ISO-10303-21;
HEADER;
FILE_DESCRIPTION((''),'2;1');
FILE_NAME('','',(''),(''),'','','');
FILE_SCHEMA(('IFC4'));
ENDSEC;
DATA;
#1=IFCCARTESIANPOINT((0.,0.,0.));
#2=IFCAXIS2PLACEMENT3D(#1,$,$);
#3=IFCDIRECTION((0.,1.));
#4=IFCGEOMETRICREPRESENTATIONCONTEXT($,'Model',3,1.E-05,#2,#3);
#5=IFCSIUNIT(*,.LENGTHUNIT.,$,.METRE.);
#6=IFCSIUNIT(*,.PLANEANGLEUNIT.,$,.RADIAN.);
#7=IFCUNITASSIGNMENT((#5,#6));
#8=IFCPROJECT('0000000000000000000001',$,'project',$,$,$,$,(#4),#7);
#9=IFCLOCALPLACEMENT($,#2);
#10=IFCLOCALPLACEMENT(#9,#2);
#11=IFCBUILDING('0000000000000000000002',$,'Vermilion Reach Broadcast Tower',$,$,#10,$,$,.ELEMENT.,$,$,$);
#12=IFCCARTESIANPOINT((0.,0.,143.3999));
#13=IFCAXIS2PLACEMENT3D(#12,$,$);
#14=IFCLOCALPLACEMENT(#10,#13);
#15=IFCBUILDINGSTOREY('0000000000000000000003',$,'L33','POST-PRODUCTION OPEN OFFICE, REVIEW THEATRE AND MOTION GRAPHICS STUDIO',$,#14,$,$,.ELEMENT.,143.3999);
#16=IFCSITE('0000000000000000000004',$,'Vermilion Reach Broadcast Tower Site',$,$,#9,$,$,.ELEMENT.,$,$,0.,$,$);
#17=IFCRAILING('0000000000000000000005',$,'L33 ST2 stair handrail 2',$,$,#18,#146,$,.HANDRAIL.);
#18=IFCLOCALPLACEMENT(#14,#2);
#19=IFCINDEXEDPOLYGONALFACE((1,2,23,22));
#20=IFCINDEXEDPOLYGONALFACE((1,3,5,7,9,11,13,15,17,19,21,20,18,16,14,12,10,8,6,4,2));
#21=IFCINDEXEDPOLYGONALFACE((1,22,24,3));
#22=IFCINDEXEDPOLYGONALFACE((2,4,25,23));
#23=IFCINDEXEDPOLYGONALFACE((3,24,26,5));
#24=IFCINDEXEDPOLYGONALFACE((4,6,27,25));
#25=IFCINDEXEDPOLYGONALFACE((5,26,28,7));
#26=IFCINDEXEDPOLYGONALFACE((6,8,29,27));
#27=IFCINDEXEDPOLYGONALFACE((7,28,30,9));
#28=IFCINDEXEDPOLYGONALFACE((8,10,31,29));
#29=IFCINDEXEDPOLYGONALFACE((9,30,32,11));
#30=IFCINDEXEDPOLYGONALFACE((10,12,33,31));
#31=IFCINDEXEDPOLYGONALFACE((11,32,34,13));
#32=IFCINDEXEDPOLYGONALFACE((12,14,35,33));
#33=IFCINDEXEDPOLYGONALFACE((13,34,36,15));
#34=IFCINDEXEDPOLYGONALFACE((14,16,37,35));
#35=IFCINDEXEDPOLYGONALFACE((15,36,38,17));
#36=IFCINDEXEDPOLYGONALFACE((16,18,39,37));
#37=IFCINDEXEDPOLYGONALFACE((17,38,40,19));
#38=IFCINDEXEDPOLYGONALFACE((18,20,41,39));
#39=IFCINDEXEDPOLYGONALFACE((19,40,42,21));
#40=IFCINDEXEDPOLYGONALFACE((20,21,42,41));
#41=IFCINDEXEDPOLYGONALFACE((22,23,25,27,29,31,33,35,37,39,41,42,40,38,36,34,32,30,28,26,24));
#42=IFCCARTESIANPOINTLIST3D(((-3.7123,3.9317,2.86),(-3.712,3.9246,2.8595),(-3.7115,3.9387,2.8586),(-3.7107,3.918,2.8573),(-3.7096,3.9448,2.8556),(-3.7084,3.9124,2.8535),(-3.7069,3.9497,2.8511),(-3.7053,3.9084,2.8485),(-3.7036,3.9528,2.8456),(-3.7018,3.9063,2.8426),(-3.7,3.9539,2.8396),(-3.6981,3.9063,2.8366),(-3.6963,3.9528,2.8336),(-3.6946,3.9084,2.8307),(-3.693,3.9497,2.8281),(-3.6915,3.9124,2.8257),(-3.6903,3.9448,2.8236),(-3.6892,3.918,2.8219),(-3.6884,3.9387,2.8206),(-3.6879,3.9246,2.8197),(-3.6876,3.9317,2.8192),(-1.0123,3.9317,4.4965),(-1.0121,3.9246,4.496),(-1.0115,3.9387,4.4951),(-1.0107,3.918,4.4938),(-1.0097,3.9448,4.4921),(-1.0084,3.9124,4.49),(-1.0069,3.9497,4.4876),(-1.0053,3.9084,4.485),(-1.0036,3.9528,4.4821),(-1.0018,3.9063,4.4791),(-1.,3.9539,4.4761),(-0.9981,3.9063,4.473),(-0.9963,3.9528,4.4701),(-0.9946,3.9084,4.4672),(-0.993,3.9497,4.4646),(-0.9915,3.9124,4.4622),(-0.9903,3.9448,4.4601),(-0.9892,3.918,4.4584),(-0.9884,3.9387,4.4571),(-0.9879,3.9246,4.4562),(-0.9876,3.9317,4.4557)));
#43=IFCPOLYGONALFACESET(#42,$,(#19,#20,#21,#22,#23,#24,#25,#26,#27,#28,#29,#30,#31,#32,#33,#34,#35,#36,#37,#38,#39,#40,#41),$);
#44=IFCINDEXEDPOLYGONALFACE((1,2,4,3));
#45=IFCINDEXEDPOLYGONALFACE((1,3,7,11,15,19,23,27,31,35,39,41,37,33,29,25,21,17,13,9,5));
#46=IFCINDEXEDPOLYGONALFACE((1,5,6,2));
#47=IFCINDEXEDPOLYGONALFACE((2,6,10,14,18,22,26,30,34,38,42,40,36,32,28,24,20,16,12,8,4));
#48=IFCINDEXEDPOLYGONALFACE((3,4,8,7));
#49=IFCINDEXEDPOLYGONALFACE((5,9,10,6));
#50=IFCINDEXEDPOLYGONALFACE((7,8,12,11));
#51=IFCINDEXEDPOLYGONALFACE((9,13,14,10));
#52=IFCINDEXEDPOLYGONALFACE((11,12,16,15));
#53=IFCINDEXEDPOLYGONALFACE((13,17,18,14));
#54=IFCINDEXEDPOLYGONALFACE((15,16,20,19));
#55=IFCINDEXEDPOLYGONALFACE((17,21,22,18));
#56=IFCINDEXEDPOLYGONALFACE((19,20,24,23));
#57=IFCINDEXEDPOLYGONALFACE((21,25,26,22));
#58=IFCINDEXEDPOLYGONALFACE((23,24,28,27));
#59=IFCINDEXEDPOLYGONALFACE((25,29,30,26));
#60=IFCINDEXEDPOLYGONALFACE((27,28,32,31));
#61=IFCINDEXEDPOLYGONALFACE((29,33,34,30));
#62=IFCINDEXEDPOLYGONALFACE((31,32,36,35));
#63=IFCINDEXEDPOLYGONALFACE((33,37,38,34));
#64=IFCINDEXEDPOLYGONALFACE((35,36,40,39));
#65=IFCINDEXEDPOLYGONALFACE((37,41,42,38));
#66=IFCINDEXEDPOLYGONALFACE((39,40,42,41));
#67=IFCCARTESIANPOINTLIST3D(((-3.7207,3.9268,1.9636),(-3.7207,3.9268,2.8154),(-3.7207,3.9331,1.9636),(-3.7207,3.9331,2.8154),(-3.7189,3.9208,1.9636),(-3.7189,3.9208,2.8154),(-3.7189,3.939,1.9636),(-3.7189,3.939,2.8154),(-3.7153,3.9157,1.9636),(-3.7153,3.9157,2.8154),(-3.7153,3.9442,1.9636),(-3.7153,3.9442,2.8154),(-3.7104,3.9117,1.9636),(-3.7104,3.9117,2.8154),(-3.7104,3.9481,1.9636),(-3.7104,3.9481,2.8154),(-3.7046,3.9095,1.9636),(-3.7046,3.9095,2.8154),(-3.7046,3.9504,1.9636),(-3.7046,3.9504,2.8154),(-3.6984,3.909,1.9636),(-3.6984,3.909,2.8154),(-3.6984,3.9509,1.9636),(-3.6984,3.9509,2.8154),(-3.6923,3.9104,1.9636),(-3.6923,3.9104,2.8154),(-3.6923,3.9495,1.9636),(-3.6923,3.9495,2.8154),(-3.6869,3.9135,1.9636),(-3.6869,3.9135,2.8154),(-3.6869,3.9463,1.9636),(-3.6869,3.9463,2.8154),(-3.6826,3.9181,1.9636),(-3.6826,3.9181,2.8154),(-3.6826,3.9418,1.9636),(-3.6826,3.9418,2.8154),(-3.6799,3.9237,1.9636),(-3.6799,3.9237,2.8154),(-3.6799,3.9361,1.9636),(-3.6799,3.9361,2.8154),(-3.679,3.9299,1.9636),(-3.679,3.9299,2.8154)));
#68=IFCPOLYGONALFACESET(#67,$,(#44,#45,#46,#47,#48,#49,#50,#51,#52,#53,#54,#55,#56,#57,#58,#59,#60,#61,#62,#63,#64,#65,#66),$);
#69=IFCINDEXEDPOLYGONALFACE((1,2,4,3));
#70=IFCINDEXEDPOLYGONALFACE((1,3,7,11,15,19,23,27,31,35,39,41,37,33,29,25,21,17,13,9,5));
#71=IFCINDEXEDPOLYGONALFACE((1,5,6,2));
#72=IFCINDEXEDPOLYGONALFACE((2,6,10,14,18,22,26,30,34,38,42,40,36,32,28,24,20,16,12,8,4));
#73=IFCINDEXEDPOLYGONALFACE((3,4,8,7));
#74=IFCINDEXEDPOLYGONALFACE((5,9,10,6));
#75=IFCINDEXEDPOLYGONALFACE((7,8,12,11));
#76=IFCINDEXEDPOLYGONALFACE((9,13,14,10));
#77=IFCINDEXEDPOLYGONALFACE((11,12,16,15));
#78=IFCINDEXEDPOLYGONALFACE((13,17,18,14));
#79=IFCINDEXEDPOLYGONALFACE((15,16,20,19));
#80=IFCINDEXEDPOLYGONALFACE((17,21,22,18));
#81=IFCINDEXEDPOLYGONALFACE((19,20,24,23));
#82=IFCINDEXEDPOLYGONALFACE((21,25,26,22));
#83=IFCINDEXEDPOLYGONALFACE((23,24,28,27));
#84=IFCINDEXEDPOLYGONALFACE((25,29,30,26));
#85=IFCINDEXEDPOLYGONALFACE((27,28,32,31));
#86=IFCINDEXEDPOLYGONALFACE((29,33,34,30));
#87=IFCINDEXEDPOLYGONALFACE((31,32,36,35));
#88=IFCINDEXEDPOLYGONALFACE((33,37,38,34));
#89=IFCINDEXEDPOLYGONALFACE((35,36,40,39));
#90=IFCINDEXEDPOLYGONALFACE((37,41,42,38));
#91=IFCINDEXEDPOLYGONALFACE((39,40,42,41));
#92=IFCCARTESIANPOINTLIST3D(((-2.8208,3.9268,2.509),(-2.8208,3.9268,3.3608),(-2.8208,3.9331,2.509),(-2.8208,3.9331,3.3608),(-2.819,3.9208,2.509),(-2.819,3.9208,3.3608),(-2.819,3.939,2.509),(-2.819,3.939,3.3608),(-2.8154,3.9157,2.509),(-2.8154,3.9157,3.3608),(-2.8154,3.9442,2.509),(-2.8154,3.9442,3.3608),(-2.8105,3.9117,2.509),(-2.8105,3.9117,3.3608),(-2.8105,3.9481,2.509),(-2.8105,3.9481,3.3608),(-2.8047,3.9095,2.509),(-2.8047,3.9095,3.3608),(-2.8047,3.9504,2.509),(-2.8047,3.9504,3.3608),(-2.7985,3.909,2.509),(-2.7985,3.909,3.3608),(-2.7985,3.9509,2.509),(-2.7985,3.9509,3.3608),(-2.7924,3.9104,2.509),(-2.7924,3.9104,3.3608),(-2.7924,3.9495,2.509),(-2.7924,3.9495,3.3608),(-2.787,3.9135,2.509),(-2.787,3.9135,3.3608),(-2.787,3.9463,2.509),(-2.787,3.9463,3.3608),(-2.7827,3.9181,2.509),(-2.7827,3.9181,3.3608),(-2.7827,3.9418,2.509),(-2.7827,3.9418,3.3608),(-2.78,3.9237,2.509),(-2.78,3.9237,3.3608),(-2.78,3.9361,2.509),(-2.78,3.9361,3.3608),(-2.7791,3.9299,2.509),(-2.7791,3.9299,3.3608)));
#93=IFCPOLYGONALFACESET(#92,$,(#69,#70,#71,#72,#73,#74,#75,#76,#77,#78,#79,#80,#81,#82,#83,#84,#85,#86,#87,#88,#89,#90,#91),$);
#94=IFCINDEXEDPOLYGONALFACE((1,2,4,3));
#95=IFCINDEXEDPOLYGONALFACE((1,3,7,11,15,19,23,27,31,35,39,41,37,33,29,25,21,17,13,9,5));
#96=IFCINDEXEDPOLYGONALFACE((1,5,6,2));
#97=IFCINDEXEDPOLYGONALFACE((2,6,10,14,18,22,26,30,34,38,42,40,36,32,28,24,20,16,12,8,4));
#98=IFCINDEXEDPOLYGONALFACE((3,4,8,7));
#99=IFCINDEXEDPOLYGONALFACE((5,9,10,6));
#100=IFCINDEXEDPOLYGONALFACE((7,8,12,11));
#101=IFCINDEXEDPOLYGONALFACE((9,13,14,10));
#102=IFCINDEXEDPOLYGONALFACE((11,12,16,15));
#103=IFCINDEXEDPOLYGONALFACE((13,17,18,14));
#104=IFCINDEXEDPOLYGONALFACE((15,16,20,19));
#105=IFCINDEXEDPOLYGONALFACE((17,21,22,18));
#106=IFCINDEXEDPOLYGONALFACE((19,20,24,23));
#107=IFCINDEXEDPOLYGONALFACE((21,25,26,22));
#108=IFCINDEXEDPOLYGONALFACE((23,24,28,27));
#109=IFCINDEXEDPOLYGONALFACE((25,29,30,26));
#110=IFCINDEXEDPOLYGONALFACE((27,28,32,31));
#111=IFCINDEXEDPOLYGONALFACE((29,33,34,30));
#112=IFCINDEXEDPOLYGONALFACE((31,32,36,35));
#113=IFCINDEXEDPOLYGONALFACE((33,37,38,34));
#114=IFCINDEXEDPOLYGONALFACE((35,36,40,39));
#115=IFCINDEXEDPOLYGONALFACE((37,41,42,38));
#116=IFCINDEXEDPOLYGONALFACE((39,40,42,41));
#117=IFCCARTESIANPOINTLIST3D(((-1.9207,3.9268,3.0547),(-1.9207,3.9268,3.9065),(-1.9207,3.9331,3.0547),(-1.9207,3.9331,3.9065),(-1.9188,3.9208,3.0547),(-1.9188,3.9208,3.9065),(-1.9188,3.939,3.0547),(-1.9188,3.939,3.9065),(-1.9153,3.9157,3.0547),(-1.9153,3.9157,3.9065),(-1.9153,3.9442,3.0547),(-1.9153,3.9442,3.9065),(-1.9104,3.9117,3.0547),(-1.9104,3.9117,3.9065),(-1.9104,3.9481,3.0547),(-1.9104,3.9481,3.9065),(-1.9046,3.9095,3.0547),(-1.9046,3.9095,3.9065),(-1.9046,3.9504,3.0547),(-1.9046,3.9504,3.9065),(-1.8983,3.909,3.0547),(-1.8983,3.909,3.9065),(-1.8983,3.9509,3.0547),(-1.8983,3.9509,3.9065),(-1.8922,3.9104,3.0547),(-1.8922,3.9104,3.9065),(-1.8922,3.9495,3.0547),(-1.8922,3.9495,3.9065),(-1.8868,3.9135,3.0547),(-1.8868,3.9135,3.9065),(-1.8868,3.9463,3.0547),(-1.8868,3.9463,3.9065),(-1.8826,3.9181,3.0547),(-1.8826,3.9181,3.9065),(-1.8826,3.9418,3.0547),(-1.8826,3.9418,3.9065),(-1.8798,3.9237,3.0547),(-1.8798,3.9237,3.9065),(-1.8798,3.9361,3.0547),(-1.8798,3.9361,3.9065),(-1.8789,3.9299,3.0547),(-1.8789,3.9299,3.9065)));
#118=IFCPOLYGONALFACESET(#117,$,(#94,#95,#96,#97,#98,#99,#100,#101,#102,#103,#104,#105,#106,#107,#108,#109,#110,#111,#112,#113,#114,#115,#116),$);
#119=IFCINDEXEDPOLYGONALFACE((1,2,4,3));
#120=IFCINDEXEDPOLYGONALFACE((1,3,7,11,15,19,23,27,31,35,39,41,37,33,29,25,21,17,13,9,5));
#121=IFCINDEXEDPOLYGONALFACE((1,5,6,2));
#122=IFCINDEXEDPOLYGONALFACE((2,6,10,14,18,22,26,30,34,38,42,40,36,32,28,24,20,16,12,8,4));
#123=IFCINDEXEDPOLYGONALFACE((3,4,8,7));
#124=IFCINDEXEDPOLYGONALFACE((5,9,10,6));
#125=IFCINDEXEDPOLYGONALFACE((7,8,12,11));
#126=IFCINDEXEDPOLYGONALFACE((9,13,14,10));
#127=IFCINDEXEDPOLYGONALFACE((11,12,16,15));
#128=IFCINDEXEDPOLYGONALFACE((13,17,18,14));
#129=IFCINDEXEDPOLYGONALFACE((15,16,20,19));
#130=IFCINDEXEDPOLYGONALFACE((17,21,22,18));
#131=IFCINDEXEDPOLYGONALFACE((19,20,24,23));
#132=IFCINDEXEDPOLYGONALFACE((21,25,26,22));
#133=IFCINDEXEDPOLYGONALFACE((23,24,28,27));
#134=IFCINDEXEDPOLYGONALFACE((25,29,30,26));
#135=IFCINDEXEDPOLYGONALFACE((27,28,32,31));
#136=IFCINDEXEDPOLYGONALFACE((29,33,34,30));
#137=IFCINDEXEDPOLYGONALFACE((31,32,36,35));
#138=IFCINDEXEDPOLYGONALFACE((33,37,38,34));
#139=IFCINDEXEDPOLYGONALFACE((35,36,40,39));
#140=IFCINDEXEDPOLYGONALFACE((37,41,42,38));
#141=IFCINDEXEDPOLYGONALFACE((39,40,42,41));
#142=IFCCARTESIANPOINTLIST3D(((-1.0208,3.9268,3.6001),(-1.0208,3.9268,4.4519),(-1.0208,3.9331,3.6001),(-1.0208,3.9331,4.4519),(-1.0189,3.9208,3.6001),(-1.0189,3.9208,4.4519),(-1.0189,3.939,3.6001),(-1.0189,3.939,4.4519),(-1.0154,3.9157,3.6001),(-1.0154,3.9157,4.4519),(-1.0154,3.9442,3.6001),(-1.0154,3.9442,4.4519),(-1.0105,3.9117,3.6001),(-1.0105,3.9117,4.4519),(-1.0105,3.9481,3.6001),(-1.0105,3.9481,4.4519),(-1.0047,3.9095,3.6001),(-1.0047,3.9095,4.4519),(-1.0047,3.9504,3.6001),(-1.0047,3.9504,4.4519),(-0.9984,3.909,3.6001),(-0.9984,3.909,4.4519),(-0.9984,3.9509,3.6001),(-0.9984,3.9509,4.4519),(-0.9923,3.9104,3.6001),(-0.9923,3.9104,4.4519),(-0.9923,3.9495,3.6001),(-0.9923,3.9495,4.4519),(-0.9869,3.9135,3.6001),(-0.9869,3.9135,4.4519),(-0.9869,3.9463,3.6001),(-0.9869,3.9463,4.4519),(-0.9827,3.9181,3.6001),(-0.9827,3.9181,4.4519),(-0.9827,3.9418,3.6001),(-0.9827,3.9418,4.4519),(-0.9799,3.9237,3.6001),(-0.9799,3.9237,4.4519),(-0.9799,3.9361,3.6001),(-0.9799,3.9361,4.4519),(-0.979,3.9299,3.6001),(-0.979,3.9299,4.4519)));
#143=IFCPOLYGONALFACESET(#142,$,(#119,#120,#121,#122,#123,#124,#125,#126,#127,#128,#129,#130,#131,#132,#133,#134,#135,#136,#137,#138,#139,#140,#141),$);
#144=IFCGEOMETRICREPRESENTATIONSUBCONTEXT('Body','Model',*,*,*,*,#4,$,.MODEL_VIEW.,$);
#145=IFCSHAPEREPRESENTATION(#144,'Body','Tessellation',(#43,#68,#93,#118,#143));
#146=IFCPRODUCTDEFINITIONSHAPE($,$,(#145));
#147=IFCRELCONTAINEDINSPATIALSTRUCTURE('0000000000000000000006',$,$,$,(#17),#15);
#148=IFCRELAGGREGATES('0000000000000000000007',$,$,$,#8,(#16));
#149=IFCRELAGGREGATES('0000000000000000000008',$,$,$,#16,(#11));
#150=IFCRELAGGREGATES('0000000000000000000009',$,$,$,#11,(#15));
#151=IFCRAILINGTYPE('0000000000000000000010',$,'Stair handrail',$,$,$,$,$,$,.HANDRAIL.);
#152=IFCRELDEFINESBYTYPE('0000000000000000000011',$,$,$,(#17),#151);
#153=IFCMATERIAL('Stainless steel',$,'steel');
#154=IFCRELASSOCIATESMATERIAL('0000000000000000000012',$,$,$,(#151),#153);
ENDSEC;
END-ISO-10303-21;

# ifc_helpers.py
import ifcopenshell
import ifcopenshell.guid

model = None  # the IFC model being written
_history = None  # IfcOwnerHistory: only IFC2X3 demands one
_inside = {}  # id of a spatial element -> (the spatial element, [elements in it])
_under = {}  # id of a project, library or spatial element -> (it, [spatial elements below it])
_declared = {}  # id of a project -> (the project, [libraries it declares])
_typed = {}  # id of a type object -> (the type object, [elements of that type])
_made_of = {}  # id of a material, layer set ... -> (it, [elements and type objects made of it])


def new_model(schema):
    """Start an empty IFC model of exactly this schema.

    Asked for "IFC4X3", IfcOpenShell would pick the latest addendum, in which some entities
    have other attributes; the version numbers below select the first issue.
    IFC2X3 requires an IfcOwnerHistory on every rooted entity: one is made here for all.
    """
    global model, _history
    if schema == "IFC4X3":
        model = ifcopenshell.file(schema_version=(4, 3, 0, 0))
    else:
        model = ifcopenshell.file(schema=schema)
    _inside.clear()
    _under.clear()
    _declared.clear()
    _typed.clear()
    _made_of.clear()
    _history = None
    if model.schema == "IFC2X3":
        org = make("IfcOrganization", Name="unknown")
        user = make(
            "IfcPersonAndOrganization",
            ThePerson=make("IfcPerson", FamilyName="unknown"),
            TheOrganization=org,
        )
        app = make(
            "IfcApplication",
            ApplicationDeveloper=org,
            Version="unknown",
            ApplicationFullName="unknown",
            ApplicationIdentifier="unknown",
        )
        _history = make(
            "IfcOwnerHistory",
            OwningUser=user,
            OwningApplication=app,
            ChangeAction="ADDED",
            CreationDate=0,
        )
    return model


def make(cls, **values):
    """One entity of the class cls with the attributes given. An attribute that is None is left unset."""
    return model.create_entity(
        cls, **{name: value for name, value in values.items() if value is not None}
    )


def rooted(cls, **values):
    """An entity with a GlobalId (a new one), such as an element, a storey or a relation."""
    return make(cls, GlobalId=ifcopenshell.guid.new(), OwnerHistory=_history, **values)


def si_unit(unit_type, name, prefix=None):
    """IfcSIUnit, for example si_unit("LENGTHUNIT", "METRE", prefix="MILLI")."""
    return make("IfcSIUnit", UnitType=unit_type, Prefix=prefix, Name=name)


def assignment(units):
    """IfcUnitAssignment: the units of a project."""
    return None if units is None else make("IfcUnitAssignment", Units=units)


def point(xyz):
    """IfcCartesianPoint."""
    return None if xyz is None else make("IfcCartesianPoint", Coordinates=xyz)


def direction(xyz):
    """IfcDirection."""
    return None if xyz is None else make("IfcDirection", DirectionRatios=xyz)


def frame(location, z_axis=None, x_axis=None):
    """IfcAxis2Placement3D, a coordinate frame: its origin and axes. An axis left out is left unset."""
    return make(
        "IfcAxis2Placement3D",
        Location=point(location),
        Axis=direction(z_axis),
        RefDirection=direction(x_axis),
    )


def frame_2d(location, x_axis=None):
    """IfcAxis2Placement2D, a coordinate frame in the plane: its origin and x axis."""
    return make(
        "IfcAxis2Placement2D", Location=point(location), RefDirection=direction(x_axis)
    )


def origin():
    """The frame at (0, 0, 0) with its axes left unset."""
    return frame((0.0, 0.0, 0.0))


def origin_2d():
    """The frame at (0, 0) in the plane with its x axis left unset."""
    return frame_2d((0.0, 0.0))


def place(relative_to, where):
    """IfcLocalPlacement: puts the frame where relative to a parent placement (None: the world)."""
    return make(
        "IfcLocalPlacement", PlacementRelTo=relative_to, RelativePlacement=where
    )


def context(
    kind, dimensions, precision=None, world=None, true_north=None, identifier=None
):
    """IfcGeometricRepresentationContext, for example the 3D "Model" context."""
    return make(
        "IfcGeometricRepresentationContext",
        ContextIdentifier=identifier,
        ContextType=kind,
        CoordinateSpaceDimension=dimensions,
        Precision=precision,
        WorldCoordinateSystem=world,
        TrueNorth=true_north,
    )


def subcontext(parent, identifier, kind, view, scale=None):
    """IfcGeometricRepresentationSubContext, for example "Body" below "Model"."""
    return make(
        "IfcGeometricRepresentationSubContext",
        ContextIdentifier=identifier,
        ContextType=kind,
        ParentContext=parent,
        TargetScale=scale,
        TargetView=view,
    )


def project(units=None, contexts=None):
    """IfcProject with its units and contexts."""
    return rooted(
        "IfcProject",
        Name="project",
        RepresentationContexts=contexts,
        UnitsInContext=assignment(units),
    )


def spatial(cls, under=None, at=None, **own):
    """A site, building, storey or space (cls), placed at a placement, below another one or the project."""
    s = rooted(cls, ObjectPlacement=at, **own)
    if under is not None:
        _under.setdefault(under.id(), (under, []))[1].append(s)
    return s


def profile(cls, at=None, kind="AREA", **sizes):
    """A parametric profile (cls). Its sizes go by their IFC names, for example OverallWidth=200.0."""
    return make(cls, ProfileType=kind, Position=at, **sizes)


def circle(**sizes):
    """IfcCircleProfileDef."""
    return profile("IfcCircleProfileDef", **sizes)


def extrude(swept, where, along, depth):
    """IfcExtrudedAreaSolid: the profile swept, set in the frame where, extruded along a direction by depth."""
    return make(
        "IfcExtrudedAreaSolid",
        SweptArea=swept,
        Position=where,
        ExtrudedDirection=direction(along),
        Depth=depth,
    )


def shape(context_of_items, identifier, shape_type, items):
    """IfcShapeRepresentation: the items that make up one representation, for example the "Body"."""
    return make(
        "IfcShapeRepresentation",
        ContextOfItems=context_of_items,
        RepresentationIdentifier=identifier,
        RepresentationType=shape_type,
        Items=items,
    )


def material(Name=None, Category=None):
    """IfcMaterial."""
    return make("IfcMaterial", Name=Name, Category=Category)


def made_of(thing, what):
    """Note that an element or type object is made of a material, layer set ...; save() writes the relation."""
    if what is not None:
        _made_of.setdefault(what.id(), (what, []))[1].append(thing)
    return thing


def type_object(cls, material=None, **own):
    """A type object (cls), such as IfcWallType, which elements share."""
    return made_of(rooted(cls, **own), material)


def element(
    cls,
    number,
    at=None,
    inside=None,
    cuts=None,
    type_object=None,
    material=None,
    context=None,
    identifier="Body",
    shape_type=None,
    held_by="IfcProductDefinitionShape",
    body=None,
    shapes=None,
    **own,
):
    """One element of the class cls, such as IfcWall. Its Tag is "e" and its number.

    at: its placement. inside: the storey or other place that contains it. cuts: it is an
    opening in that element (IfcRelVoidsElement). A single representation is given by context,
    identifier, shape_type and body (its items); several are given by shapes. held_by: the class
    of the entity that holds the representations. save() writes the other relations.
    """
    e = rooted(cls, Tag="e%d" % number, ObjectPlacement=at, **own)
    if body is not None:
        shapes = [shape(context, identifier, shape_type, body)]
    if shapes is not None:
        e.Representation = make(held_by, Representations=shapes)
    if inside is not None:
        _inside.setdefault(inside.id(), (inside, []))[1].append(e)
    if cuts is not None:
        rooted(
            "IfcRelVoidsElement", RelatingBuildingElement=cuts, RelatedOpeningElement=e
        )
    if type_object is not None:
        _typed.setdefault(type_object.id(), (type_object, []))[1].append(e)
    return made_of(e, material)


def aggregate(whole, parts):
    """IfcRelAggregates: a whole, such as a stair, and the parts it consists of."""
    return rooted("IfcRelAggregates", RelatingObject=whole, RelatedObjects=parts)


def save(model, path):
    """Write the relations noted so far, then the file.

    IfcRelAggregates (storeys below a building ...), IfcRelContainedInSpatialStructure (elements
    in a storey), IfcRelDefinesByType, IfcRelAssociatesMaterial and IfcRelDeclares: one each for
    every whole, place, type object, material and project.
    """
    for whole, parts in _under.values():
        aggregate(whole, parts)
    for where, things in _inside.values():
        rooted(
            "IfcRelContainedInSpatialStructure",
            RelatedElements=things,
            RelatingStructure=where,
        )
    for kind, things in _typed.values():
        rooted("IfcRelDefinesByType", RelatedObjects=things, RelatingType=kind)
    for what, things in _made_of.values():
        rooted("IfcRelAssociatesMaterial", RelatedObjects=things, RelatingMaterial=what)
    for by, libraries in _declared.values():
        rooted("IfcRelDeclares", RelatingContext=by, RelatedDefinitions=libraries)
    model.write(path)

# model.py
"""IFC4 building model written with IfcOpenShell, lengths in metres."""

from ifc_helpers import new_model, si_unit, direction, frame, origin, origin_2d, place, context, subcontext, project, spatial, circle, extrude, material, type_object, element, save


model = new_model("IFC4")

# Units and contexts
model_context = context("Model", 3, precision=1e-05, world=origin(), true_north=direction((0.0, 1.0)))
body_context = subcontext(model_context, "Body", "Model", "MODEL_VIEW")
ifc_project = project(units=[si_unit("LENGTHUNIT", "METRE"), si_unit("PLANEANGLEUNIT", "RADIAN")], contexts=[model_context])

# Site, building, storey
site_placement = place(None, origin())
site = spatial("IfcSite", under=ifc_project, at=site_placement, Name="Vermilion Reach Broadcast Tower Site", CompositionType="ELEMENT", RefElevation=0.0)
building_placement = place(site_placement, origin())
building = spatial("IfcBuilding", under=site, at=building_placement, Name="Vermilion Reach Broadcast Tower", CompositionType="ELEMENT")
storey_placement = place(building_placement, frame((0.0, 0.0, 143.3999)))
storey = spatial("IfcBuildingStorey", under=building, at=storey_placement, Name="L33", Description="POST-PRODUCTION OPEN OFFICE, REVIEW THEATRE AND MOTION GRAPHICS STUDIO", CompositionType="ELEMENT", Elevation=143.3999)

# Railing
ifc_material_1 = material(Name="Stainless steel", Category="steel")
railing_type_1 = type_object("IfcRailingType", Name="Stair handrail", PredefinedType="HANDRAIL", material=ifc_material_1)
railing_1_placement = place(storey_placement, frame((-3.7, 3.9299, 1.9636)))
element("IfcRailing", 1, at=railing_1_placement, inside=storey, type_object=railing_type_1, Name="L33 ST2 stair handrail 2", PredefinedType="HANDRAIL", context=body_context, shape_type="SweptSolid", body=[
    extrude(circle(Radius=0.0239, at=origin_2d()), frame((0.0, 0.0, 0.876), z_axis=(0.855178, 0.0, 0.518334), x_axis=(0.0, 1.0, 0.0)), (0.0, 0.0, 1.0), 3.1572),
    extrude(circle(Radius=0.021, at=origin_2d()), origin(), (0.0, 0.0, 1.0), 0.8518),
    extrude(circle(Radius=0.021, at=origin_2d()), frame((0.8999, 0.0, 0.5454)), (0.0, 0.0, 1.0), 0.8518),
    extrude(circle(Radius=0.021, at=origin_2d()), frame((1.8, 0.0, 1.0911)), (0.0, 0.0, 1.0), 0.8518),
    extrude(circle(Radius=0.021, at=origin_2d()), frame((2.7, 0.0, 1.6365)), (0.0, 0.0, 1.0), 0.8518),
])

save(model, "model.ifc")
